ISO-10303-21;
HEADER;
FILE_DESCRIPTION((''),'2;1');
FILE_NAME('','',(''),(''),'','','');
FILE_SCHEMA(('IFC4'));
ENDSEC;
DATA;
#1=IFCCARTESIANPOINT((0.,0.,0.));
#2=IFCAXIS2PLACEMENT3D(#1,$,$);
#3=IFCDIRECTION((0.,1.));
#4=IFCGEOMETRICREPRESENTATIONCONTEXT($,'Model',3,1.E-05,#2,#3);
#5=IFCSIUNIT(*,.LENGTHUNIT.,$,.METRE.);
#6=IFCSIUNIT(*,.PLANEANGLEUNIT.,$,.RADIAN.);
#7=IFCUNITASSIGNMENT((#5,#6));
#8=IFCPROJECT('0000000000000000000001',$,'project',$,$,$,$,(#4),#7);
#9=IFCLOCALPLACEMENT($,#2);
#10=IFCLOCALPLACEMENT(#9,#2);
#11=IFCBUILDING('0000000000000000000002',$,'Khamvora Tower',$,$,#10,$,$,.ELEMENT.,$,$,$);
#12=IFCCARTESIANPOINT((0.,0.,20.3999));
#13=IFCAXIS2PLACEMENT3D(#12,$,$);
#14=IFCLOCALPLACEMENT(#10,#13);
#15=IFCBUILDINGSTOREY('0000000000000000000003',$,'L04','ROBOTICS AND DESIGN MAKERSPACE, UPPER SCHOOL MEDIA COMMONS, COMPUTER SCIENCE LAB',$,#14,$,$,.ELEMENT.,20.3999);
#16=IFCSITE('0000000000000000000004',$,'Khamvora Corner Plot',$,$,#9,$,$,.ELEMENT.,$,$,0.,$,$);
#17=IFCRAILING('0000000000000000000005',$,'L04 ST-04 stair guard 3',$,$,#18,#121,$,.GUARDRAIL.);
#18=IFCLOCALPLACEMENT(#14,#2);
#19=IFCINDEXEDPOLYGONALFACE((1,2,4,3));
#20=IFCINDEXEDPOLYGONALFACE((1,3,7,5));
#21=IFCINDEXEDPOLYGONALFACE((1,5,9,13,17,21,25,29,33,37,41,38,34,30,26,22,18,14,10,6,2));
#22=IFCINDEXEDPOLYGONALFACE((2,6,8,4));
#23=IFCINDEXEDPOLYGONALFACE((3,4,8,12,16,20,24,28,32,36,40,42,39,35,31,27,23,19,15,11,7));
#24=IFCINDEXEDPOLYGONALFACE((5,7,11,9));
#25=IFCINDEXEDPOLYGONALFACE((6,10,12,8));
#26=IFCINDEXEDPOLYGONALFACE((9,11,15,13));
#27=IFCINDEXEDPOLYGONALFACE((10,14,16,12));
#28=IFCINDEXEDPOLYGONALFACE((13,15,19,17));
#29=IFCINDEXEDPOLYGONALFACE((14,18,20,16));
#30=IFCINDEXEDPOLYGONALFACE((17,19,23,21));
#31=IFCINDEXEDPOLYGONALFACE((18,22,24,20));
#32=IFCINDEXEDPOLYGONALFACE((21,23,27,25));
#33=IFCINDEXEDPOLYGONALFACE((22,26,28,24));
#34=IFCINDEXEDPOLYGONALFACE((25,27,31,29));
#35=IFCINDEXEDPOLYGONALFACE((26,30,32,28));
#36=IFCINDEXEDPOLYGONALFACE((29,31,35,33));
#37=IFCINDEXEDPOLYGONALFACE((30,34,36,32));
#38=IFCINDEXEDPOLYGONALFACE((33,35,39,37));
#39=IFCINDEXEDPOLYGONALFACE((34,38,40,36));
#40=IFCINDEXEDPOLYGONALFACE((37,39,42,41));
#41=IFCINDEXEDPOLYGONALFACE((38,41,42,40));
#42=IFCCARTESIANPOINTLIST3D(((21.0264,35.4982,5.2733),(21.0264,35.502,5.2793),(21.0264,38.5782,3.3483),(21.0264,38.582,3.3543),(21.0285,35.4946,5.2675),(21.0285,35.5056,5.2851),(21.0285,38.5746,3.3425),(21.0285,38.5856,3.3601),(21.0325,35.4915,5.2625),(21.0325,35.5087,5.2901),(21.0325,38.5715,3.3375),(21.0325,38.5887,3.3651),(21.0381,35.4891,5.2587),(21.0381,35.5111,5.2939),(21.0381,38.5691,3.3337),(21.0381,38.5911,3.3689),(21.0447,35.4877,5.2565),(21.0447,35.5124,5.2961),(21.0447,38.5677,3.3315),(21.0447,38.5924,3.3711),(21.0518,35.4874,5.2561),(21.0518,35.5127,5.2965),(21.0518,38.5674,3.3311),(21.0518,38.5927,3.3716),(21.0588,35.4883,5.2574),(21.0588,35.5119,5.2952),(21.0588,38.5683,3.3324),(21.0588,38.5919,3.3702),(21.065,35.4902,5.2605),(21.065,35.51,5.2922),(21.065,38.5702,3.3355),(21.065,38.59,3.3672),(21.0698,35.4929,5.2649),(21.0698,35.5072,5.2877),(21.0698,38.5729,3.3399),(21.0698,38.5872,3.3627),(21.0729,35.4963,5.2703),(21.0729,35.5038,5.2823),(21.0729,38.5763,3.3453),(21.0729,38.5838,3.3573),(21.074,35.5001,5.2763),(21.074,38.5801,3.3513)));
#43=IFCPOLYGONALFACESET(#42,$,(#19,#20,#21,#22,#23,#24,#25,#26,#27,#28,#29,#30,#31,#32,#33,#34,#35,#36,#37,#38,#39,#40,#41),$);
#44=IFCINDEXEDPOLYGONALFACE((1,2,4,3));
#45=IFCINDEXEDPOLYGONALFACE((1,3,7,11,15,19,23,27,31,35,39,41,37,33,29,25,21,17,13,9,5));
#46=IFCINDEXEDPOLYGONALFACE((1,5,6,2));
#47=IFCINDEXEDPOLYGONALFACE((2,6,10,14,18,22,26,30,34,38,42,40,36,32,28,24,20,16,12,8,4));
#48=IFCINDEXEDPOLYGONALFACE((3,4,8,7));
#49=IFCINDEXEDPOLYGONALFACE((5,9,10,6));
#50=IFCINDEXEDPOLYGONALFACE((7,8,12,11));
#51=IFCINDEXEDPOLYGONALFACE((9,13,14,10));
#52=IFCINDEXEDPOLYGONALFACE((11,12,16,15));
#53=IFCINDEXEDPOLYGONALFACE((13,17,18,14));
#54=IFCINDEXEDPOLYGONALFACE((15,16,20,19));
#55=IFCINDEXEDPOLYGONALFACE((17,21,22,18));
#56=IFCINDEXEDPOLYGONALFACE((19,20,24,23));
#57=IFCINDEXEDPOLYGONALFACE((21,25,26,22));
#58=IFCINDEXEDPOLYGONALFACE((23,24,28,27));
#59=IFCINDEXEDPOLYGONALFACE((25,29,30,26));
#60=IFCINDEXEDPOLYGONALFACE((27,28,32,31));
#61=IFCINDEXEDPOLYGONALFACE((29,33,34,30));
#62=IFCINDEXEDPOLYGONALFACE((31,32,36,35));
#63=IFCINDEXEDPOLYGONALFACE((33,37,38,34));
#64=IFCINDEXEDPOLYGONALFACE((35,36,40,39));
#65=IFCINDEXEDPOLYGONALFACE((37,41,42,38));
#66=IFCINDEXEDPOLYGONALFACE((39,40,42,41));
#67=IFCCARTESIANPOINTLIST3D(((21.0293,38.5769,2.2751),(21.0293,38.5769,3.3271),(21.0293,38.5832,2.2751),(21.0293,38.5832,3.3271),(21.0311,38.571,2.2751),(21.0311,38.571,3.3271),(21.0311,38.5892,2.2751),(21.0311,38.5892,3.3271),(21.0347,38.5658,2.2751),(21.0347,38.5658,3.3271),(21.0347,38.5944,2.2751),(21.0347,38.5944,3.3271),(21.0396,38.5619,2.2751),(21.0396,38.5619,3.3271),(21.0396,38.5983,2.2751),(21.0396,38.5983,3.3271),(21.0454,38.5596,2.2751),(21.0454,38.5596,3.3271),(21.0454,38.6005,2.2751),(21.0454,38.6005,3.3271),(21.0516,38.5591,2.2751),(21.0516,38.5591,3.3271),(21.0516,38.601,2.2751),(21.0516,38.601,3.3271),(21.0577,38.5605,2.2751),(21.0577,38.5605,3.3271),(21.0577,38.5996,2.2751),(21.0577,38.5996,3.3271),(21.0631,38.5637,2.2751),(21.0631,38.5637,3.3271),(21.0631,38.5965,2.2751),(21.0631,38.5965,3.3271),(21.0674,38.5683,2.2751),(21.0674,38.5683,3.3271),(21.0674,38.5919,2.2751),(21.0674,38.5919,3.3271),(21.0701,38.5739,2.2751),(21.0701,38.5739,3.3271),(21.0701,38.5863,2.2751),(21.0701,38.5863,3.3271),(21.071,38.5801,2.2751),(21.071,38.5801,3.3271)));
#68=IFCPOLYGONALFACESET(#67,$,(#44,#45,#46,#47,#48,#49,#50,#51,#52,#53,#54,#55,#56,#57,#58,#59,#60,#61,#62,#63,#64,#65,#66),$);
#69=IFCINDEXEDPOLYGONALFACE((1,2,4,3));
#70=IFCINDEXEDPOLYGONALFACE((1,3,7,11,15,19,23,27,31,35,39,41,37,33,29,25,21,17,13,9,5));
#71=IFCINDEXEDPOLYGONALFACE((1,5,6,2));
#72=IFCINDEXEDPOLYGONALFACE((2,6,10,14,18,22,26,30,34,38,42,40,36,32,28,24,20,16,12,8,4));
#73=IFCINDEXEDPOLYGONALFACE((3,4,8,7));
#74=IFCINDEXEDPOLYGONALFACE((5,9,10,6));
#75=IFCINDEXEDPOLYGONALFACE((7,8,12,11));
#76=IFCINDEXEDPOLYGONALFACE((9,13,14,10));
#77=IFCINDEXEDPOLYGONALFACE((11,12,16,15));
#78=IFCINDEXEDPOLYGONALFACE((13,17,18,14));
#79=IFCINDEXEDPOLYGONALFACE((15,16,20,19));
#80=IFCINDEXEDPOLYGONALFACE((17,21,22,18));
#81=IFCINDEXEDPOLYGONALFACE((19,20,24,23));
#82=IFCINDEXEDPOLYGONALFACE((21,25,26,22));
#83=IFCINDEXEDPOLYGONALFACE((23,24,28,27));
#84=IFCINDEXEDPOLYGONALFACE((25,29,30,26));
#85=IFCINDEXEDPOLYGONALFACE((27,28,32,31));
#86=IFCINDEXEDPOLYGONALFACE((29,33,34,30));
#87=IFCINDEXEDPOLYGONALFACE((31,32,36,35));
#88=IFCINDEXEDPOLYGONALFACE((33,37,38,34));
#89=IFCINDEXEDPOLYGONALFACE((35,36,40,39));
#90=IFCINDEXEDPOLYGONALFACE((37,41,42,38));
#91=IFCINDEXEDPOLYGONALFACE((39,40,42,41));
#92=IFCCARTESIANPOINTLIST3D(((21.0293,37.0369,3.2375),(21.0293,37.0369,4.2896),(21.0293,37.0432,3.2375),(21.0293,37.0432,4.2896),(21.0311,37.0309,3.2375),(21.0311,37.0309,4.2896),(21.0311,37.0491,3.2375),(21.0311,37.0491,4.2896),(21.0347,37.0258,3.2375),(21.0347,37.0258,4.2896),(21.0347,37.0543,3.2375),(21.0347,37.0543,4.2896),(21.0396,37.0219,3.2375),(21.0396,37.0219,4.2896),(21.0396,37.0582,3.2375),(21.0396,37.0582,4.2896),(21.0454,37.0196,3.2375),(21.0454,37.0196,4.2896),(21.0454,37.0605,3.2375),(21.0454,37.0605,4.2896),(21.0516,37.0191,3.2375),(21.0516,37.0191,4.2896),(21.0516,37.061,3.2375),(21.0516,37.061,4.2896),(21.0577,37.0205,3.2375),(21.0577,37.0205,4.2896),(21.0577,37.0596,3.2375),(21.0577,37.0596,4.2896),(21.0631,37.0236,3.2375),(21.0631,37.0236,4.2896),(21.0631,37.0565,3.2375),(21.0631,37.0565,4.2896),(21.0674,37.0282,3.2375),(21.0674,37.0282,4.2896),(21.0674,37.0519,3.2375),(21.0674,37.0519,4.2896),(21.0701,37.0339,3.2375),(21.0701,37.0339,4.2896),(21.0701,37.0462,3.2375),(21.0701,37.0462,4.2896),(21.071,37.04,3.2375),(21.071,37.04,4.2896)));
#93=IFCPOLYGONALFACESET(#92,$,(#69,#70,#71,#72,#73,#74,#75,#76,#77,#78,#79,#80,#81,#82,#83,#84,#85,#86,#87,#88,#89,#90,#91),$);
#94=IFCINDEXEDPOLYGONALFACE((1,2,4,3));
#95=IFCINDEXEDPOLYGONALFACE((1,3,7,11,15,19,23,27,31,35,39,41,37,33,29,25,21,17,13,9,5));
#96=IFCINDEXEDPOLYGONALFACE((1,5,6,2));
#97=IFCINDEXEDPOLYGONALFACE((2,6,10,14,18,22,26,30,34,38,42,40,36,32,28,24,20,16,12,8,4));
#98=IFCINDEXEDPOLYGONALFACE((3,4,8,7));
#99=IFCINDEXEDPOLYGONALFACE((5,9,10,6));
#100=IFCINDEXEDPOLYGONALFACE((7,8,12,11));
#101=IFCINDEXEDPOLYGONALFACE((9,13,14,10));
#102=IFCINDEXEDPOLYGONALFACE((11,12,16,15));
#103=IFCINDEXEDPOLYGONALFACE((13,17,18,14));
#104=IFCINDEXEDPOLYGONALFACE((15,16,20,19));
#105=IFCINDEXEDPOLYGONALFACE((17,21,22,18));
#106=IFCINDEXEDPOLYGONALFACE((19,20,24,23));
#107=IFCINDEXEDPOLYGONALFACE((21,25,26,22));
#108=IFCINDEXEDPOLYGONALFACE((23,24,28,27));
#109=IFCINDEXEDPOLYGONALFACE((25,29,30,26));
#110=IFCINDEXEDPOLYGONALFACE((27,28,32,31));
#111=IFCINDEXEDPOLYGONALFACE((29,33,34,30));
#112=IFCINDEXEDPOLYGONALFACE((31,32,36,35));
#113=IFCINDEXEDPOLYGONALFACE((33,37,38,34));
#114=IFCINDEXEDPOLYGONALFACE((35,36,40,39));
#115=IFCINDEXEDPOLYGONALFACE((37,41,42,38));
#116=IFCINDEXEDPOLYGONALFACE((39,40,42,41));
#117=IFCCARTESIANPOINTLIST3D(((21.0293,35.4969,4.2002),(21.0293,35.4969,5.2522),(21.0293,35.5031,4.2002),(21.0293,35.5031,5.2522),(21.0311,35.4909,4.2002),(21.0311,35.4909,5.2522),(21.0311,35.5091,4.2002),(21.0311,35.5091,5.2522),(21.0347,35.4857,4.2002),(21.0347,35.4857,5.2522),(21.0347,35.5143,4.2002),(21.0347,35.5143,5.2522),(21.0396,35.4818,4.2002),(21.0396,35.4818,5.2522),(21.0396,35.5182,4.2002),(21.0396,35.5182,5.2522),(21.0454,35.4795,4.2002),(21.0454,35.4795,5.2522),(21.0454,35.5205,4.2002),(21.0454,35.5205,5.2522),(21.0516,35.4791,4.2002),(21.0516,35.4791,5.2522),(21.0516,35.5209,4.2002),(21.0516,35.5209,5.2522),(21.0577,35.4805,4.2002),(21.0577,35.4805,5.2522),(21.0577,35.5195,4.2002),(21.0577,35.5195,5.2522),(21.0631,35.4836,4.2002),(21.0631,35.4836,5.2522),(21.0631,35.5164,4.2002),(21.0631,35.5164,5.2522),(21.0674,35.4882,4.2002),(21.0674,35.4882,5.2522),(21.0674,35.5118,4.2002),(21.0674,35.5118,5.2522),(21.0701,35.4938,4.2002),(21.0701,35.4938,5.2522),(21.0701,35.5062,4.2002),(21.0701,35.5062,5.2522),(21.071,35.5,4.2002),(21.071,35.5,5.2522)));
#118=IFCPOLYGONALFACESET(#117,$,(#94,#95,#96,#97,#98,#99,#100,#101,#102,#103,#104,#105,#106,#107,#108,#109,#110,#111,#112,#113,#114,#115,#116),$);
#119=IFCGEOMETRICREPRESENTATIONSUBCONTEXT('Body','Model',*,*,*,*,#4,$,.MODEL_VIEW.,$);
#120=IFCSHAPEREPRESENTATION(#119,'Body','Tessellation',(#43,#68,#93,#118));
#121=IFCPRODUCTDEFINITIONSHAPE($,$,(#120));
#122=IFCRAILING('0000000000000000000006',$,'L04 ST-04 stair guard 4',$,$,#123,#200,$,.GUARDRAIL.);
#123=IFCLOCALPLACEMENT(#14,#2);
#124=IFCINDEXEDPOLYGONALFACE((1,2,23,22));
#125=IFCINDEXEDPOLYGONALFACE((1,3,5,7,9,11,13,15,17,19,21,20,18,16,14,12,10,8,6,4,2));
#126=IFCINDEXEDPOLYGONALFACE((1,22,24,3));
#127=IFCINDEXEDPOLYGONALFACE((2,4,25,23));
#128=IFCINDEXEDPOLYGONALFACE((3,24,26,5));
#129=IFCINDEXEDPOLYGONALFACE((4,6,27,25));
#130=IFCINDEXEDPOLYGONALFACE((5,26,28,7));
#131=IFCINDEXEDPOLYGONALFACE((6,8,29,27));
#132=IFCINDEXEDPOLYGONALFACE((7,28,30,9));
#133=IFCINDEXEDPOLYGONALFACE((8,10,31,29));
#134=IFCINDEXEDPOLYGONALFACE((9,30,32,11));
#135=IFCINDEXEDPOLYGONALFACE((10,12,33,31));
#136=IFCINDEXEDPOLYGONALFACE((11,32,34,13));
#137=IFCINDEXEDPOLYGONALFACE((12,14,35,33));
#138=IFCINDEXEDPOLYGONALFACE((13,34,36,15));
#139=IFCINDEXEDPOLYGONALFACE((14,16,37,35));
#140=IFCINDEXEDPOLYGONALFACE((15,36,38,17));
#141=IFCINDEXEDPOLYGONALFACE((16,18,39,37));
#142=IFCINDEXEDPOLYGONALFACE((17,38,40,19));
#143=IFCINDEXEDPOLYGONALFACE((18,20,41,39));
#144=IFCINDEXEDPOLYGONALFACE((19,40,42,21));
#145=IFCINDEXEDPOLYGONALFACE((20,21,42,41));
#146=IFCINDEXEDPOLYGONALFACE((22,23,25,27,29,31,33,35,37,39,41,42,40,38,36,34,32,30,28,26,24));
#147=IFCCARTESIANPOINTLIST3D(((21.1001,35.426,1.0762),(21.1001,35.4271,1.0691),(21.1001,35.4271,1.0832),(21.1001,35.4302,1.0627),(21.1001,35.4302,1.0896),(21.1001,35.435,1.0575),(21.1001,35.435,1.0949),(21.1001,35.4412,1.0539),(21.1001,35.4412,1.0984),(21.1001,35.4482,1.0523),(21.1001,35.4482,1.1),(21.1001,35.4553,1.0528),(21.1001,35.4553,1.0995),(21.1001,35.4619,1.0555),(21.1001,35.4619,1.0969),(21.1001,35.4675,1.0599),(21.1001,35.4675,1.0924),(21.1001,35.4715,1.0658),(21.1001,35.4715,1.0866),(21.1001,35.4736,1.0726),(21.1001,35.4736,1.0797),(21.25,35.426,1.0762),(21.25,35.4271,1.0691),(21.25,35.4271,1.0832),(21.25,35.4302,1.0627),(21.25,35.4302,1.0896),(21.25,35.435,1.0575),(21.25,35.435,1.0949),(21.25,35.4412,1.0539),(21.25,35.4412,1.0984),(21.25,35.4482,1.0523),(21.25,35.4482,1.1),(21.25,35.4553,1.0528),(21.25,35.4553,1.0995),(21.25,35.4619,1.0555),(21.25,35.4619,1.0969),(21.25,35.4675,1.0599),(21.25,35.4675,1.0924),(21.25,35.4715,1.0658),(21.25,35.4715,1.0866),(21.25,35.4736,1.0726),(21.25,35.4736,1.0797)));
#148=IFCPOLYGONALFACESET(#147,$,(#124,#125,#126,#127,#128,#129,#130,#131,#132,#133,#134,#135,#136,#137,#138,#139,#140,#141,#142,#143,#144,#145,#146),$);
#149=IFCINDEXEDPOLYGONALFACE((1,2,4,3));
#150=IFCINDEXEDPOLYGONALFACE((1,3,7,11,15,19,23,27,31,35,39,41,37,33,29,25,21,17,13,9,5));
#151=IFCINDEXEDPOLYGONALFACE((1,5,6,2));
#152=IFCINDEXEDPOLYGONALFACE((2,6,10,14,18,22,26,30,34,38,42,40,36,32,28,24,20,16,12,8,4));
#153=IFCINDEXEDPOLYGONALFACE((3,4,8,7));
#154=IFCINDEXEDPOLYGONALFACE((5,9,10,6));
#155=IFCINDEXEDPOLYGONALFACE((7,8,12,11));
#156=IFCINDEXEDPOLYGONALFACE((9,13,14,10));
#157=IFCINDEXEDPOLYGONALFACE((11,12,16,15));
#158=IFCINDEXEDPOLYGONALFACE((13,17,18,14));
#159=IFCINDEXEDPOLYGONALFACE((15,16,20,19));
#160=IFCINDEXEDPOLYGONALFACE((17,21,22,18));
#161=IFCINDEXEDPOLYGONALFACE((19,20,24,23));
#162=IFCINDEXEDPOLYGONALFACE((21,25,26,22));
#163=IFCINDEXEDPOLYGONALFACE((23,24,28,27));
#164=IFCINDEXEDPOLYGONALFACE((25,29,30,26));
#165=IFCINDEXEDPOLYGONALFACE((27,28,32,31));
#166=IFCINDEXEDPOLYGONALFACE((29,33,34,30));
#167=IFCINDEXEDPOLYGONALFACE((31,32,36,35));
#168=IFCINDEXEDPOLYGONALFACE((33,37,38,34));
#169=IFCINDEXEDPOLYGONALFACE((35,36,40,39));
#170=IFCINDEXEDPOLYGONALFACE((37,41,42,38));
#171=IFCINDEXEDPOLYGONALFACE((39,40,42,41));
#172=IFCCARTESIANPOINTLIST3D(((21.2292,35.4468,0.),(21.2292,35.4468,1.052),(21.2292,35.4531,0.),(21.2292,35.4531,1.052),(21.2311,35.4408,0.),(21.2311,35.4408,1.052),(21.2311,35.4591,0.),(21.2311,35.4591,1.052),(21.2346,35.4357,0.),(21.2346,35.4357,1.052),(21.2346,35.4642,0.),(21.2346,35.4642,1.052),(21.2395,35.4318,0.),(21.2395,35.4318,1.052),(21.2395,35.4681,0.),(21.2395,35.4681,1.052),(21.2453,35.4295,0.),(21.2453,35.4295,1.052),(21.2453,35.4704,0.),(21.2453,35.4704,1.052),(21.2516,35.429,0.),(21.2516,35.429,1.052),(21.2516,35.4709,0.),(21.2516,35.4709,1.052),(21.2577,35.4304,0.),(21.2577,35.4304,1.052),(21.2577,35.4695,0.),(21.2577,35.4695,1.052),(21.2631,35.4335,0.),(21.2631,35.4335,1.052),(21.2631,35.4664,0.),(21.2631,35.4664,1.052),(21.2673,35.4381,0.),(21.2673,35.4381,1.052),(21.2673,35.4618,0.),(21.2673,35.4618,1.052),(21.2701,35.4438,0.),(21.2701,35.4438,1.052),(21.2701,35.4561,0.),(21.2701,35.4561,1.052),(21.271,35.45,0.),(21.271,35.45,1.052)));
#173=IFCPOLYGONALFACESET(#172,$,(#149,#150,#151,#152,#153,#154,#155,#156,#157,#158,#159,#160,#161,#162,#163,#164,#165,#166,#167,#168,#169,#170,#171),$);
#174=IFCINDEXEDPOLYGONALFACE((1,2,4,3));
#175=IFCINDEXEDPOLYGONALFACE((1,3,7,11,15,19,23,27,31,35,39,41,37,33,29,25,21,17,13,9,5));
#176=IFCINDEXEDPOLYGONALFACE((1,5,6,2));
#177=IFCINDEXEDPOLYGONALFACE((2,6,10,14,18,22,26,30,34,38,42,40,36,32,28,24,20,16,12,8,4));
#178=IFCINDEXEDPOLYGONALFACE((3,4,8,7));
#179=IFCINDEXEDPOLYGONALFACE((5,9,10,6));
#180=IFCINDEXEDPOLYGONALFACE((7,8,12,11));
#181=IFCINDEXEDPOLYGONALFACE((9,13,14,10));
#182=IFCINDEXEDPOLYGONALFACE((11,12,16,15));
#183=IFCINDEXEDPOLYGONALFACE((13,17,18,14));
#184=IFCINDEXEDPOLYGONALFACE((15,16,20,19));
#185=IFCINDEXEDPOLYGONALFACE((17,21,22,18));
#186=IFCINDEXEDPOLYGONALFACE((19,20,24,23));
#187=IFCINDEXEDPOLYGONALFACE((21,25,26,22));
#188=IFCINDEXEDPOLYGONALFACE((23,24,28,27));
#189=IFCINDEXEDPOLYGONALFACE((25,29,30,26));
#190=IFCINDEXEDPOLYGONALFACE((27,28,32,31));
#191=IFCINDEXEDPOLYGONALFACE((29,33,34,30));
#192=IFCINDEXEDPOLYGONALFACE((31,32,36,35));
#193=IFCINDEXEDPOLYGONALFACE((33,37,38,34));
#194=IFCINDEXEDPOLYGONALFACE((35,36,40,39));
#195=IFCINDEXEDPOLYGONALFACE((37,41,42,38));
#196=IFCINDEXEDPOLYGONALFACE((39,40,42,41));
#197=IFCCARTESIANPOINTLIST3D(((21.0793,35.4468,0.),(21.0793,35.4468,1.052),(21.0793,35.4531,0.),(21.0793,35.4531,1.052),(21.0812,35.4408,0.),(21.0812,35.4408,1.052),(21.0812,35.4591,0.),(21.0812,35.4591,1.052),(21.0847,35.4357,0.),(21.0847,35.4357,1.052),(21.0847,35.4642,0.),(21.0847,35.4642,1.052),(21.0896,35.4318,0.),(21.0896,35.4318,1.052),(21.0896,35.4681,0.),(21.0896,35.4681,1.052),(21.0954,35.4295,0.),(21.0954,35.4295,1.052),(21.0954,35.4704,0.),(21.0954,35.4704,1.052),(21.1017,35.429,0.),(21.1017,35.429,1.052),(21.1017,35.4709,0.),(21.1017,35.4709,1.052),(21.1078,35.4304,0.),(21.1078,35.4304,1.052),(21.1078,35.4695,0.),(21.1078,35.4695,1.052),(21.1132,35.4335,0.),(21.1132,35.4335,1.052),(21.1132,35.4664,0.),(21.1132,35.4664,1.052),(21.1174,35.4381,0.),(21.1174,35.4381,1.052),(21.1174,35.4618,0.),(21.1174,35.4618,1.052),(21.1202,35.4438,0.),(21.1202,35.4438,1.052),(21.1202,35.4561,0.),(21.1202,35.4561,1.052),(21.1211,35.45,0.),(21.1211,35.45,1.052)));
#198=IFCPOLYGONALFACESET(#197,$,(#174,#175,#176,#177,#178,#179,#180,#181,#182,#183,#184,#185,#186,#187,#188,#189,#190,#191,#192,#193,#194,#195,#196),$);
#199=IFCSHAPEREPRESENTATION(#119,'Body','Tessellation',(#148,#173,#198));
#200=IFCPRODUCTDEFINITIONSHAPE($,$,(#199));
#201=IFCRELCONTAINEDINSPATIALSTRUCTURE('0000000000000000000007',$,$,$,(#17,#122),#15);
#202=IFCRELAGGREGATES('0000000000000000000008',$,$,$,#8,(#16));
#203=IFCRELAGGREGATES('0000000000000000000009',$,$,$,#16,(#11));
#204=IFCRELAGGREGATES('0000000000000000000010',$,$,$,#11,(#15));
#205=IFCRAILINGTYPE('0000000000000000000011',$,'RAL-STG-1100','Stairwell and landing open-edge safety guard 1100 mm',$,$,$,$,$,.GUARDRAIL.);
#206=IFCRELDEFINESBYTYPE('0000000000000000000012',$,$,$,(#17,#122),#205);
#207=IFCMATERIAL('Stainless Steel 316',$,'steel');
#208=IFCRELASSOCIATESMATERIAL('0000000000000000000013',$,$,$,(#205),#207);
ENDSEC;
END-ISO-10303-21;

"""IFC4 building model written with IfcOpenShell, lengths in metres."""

from ifc_helpers import new_model, si_unit, direction, frame, origin, origin_2d, place, context, subcontext, project, spatial, circle, extrude, material, type_object, element, save


model = new_model("IFC4")

# Units and contexts
model_context = context("Model", 3, precision=1e-05, world=origin(), true_north=direction((0.0, 1.0)))
body_context = subcontext(model_context, "Body", "Model", "MODEL_VIEW")
ifc_project = project(units=[si_unit("LENGTHUNIT", "METRE"), si_unit("PLANEANGLEUNIT", "RADIAN")], contexts=[model_context])

# Site, building, storey
site_placement = place(None, origin())
site = spatial("IfcSite", under=ifc_project, at=site_placement, Name="Khamvora Corner Plot", CompositionType="ELEMENT", RefElevation=0.0)
building_placement = place(site_placement, origin())
building = spatial("IfcBuilding", under=site, at=building_placement, Name="Khamvora Tower", CompositionType="ELEMENT")
storey_placement = place(building_placement, frame((0.0, 0.0, 20.3999)))
storey = spatial("IfcBuildingStorey", under=building, at=storey_placement, Name="L04", Description="ROBOTICS AND DESIGN MAKERSPACE, UPPER SCHOOL MEDIA COMMONS, COMPUTER SCIENCE LAB", CompositionType="ELEMENT", Elevation=20.3999)

# Railings
ifc_material_1 = material(Name="Stainless Steel 316", Category="steel")
railing_type_1 = type_object("IfcRailingType", Name="RAL-STG-1100", Description="Stairwell and landing open-edge safety guard 1100 mm", PredefinedType="GUARDRAIL", material=ifc_material_1)
railing_1_placement = place(storey_placement, frame((21.05, 38.5801, 2.2751)))
element("IfcRailing", 1, at=railing_1_placement, inside=storey, type_object=railing_type_1, Name="L04 ST-04 stair guard 3", PredefinedType="GUARDRAIL", context=body_context, shape_type="SweptSolid", body=[
    extrude(circle(Radius=0.0239, at=origin_2d()), frame((0.0, 0.0, 1.0762), z_axis=(0.0, -0.847998, 0.529999), x_axis=(1.0, 0.0, 0.0)), (0.0, 0.0, 1.0), 3.6321),
    extrude(circle(Radius=0.021, at=origin_2d()), origin(), (0.0, 0.0, 1.0), 1.052),
    extrude(circle(Radius=0.021, at=origin_2d()), frame((0.0, -1.54, 0.9624)), (0.0, 0.0, 1.0), 1.052),
    extrude(circle(Radius=0.021, at=origin_2d()), frame((0.0, -3.0801, 1.925)), (0.0, 0.0, 1.0), 1.052),
])
railing_2_placement = place(storey_placement, frame((21.25, 35.45, 0.0)))
element("IfcRailing", 2, at=railing_2_placement, inside=storey, type_object=railing_type_1, Name="L04 ST-04 stair guard 4", PredefinedType="GUARDRAIL", context=body_context, shape_type="SweptSolid", body=[
    extrude(circle(Radius=0.0239, at=origin_2d()), frame((0.0, 0.0, 1.0762), z_axis=(-1.0, 0.0, 0.0), x_axis=(0.0, -1.0, 0.0)), (0.0, 0.0, 1.0), 0.1499),
    extrude(circle(Radius=0.021, at=origin_2d()), origin(), (0.0, 0.0, 1.0), 1.052),
    extrude(circle(Radius=0.021, at=origin_2d()), frame((-0.1499, 0.0, 0.0)), (0.0, 0.0, 1.0), 1.052),
])

save(model, "model.ifc")
